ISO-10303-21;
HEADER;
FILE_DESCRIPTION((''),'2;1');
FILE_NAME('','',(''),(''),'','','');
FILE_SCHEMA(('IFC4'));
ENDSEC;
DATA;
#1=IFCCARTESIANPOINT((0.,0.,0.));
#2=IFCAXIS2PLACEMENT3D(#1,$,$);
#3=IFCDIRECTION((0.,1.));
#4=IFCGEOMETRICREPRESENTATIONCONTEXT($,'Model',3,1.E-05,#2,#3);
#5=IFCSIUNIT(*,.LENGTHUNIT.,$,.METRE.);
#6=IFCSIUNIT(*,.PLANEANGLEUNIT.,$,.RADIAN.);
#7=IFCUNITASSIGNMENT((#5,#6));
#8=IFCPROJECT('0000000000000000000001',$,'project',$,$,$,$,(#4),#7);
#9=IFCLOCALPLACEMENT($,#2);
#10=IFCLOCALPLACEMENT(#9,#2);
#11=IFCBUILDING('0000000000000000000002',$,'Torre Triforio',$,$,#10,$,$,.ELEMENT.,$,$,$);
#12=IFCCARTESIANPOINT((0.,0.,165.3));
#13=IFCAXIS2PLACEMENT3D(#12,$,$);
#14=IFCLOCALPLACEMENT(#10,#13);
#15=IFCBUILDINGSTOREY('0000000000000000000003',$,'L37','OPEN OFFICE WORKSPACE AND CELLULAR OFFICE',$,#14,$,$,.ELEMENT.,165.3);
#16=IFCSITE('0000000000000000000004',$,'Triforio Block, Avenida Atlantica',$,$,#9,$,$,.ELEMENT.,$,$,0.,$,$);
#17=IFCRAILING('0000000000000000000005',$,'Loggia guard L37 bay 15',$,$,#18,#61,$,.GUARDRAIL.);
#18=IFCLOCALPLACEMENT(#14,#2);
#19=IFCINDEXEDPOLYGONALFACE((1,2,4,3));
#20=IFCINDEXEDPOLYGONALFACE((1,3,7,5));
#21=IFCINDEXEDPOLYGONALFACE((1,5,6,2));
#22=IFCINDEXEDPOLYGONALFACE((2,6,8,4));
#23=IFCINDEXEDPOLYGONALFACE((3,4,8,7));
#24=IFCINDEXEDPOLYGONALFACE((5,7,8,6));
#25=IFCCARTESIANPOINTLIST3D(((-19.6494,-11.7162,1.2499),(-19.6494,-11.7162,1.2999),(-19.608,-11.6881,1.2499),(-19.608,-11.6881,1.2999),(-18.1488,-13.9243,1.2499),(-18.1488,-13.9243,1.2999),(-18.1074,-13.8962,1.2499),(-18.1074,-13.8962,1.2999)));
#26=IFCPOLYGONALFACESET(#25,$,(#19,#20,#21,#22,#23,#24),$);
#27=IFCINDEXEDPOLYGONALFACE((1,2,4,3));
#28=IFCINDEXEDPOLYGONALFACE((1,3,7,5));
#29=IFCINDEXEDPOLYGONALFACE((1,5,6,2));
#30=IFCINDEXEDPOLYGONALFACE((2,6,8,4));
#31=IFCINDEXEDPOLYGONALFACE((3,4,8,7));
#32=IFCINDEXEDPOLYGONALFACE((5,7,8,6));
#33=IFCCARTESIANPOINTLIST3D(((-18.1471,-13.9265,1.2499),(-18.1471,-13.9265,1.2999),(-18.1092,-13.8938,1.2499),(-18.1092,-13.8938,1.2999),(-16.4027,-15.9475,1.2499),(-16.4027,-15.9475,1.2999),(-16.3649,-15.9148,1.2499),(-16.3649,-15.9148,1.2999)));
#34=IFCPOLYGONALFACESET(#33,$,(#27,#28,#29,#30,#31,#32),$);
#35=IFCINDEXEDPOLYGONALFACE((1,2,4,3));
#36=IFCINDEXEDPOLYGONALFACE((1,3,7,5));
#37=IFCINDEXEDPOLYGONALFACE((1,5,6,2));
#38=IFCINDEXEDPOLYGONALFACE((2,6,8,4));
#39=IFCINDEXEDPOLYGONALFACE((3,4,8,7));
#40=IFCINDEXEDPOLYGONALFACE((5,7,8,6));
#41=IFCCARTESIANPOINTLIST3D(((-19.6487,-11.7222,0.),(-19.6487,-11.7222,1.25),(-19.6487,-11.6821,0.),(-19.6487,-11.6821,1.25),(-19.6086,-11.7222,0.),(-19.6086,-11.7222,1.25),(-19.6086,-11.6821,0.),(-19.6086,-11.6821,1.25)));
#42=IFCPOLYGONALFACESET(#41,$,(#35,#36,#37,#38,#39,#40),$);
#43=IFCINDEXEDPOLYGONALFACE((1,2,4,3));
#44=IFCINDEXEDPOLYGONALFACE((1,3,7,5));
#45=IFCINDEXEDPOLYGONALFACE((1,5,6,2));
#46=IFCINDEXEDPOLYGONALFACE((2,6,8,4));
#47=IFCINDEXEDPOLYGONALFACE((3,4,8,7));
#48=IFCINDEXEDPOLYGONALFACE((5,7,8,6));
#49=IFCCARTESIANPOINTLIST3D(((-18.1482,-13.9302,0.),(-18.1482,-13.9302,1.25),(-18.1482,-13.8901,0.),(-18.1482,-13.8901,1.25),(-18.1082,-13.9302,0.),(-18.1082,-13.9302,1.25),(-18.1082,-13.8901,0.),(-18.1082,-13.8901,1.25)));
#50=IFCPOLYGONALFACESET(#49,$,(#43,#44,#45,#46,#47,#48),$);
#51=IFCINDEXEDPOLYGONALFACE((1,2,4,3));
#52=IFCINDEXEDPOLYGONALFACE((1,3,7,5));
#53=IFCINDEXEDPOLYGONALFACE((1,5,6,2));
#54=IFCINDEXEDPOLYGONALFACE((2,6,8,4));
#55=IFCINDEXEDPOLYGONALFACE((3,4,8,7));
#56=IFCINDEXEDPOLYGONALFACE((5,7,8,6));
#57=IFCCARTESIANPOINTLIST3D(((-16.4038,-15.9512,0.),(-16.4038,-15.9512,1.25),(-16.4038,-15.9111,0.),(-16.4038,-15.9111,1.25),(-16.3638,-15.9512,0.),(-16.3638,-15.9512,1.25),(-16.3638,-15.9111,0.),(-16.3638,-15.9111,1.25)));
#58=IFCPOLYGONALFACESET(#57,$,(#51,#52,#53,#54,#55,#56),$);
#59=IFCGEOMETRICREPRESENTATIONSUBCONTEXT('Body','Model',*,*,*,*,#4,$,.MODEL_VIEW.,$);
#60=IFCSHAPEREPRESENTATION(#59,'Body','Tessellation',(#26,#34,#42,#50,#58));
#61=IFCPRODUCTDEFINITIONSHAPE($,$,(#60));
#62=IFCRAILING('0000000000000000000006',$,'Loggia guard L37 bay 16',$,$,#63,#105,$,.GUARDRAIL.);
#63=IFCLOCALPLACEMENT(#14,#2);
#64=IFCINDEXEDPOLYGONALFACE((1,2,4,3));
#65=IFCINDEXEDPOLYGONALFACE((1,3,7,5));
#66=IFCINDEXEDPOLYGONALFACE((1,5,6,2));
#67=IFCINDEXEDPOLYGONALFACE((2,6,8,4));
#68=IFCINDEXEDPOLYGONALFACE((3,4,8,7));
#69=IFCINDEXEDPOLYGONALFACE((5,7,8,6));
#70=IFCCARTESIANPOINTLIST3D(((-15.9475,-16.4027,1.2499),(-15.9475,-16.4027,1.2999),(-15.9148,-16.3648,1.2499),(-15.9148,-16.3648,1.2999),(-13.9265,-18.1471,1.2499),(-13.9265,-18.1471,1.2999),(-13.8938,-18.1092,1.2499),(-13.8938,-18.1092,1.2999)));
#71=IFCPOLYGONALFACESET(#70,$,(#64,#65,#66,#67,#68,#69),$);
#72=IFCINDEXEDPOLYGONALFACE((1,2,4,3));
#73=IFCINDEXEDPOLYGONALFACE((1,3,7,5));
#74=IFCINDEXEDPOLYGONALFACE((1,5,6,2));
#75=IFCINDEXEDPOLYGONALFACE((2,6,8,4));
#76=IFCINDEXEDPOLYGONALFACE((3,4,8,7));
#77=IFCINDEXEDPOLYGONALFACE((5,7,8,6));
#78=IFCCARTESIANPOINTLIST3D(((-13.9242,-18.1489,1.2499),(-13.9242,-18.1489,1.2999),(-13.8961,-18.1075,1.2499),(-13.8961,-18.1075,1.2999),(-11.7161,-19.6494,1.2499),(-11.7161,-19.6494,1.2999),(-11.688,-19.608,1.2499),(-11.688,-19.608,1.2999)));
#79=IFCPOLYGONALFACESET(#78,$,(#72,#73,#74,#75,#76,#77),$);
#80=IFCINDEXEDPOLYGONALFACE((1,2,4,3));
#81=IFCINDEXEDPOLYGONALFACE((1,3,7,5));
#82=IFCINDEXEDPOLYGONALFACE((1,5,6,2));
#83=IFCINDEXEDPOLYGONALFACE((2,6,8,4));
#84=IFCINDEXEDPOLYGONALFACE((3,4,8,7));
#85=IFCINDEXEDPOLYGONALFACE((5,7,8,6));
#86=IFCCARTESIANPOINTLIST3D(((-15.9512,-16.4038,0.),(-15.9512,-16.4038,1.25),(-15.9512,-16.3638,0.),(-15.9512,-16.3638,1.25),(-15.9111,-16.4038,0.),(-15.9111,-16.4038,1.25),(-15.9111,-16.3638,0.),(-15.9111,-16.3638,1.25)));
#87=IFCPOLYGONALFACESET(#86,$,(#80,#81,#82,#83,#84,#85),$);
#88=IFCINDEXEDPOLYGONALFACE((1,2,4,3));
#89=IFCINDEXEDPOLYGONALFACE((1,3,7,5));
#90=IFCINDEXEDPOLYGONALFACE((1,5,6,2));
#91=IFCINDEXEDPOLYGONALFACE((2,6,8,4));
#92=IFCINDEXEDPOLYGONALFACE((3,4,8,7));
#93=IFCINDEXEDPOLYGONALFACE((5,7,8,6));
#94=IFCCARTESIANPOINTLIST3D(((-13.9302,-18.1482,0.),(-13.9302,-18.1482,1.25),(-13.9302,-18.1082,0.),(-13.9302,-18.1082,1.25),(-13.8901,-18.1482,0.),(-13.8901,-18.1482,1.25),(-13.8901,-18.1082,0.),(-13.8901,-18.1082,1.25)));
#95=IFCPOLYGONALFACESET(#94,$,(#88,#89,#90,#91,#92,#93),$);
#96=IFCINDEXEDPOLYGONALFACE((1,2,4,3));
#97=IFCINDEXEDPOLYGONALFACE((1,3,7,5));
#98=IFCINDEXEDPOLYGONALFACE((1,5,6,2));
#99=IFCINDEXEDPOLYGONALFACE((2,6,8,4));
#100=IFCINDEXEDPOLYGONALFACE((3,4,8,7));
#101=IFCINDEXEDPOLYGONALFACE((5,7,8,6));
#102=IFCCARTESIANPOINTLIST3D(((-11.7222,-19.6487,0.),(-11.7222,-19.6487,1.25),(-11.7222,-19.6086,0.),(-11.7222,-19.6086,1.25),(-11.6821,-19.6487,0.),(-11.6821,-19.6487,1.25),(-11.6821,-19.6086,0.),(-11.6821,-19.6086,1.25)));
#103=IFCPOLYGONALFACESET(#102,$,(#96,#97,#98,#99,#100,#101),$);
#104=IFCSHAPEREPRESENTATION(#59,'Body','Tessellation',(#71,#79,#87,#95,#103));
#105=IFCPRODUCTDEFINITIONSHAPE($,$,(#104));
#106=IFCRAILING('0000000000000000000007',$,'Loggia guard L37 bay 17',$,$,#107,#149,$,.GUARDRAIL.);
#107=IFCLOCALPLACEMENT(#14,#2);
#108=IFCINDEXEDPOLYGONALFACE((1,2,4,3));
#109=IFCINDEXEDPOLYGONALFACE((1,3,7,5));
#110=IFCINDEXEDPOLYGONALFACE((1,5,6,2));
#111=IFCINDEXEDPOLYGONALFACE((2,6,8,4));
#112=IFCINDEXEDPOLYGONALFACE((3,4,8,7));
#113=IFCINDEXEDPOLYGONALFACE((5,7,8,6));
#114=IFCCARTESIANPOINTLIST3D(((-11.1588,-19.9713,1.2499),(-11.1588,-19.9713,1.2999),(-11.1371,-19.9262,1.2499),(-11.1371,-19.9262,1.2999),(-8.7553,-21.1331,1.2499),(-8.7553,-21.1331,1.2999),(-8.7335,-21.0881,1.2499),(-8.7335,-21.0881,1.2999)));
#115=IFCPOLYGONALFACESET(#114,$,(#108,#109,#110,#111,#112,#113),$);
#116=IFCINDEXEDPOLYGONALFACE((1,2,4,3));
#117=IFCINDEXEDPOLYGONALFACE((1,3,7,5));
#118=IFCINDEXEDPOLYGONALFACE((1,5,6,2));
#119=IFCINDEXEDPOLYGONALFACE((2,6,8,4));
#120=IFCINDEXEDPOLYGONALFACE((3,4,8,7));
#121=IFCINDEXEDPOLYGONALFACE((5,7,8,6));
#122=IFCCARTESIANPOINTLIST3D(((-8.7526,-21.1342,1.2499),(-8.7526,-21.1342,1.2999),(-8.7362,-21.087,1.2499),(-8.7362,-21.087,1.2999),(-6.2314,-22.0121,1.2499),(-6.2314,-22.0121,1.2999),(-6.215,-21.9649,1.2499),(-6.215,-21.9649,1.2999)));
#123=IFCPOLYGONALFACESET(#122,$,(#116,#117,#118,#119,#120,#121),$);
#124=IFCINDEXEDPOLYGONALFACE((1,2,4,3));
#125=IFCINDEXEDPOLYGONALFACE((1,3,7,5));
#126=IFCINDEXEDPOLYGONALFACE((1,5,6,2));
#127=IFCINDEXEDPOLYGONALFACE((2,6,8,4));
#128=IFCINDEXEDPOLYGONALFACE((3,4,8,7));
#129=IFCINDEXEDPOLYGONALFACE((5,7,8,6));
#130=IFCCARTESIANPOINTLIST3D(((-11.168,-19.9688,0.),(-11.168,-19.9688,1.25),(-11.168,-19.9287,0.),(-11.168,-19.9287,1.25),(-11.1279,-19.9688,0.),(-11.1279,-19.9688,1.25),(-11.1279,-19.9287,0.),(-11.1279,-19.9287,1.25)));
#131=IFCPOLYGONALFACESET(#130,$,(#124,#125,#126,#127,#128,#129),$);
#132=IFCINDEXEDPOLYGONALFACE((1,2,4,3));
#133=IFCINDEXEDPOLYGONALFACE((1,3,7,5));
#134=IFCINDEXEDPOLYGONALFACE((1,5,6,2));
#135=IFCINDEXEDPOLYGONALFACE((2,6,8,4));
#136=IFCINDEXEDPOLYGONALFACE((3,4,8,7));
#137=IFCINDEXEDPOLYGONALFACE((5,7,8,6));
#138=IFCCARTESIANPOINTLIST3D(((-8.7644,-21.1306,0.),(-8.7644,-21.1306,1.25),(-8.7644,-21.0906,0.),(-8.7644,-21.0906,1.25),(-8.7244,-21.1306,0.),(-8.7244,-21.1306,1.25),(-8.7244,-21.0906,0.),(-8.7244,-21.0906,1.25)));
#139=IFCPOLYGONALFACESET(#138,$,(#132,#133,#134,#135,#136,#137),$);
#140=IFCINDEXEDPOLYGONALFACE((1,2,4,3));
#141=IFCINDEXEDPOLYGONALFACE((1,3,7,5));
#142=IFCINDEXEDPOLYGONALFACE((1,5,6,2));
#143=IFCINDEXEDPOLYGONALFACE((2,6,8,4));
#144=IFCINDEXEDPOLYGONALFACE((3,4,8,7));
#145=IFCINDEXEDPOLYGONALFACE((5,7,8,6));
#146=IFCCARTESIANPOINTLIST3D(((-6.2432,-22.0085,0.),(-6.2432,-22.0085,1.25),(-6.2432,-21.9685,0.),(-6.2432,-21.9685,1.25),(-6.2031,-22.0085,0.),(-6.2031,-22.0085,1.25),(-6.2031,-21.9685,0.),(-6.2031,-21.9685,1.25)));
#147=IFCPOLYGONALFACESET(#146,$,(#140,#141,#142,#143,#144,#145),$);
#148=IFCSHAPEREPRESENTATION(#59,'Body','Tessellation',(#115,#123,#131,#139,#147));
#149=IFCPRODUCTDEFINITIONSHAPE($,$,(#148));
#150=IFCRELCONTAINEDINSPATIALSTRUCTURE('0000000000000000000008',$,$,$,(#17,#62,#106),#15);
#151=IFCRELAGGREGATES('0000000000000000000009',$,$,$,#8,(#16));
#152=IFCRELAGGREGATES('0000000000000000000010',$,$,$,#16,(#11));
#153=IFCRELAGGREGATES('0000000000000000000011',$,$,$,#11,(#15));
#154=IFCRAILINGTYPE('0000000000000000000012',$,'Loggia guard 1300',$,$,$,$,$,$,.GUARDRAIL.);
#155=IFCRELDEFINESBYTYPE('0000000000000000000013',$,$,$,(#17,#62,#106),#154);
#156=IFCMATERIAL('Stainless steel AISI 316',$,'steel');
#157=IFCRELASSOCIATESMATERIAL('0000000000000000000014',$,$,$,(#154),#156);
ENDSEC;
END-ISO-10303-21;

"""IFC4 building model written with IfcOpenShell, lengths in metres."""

from ifc_helpers import new_model, si_unit, direction, frame, origin, origin_2d, place, context, subcontext, project, spatial, rectangle, extrude, material, type_object, element, save


model = new_model("IFC4")

# Units and contexts
model_context = context("Model", 3, precision=1e-05, world=origin(), true_north=direction((0.0, 1.0)))
body_context = subcontext(model_context, "Body", "Model", "MODEL_VIEW")
ifc_project = project(units=[si_unit("LENGTHUNIT", "METRE"), si_unit("PLANEANGLEUNIT", "RADIAN")], contexts=[model_context])

# Site, building, storey
site_placement = place(None, origin())
site = spatial("IfcSite", under=ifc_project, at=site_placement, Name="Triforio Block, Avenida Atlantica", CompositionType="ELEMENT", RefElevation=0.0)
building_placement = place(site_placement, origin())
building = spatial("IfcBuilding", under=site, at=building_placement, Name="Torre Triforio", CompositionType="ELEMENT")
storey_placement = place(building_placement, frame((0.0, 0.0, 165.3)))
storey = spatial("IfcBuildingStorey", under=building, at=storey_placement, Name="L37", Description="OPEN OFFICE WORKSPACE AND CELLULAR OFFICE", CompositionType="ELEMENT", Elevation=165.3)

# Railings
ifc_material_1 = material(Name="Stainless steel AISI 316", Category="steel")
railing_type = type_object("IfcRailingType", Name="Loggia guard 1300", PredefinedType="GUARDRAIL", material=ifc_material_1)
railing_1_placement = place(storey_placement, frame((-19.6287, -11.7021, 0.0)))
element("IfcRailing", 1, at=railing_1_placement, inside=storey, type_object=railing_type, Name="Loggia guard L37 bay 15", PredefinedType="GUARDRAIL", context=body_context, shape_type="SweptSolid", body=[
    extrude(rectangle(XDim=0.05, YDim=0.05, at=origin_2d()), frame((0.0, 0.0, 1.2749), z_axis=(0.562065, -0.827093, 0.0), x_axis=(0.827093, 0.562065, 0.0)), (0.0, 0.0, 1.0), 2.6697),
    extrude(rectangle(XDim=0.05, YDim=0.05, at=origin_2d()), frame((1.5005, -2.208, 1.2749), z_axis=(0.653401, -0.757012, 0.0), x_axis=(0.757012, 0.653401, 0.0)), (0.0, 0.0, 1.0), 2.6697),
    extrude(rectangle(XDim=0.04, YDim=0.04, at=origin_2d()), origin(), (0.0, 0.0, 1.0), 1.25),
    extrude(rectangle(XDim=0.04, YDim=0.04, at=origin_2d()), frame((1.5005, -2.208, 0.0)), (0.0, 0.0, 1.0), 1.25),
    extrude(rectangle(XDim=0.04, YDim=0.04, at=origin_2d()), frame((3.2449, -4.229, 0.0)), (0.0, 0.0, 1.0), 1.25),
])
railing_2_placement = place(storey_placement, frame((-15.9312, -16.3838, 0.0)))
element("IfcRailing", 2, at=railing_2_placement, inside=storey, type_object=railing_type, Name="Loggia guard L37 bay 16", PredefinedType="GUARDRAIL", context=body_context, shape_type="SweptSolid", body=[
    extrude(rectangle(XDim=0.05, YDim=0.05, at=origin_2d()), frame((0.0, 0.0, 1.2749), z_axis=(0.757012, -0.653401, 0.0), x_axis=(0.653401, 0.757012, 0.0)), (0.0, 0.0, 1.0), 2.6697),
    extrude(rectangle(XDim=0.05, YDim=0.05, at=origin_2d()), frame((2.021, -1.7444, 1.2749), z_axis=(0.827093, -0.562065, 0.0), x_axis=(0.562065, 0.827093, 0.0)), (0.0, 0.0, 1.0), 2.6697),
    extrude(rectangle(XDim=0.04, YDim=0.04, at=origin_2d()), origin(), (0.0, 0.0, 1.0), 1.25),
    extrude(rectangle(XDim=0.04, YDim=0.04, at=origin_2d()), frame((2.021, -1.7444, 0.0)), (0.0, 0.0, 1.0), 1.25),
    extrude(rectangle(XDim=0.04, YDim=0.04, at=origin_2d()), frame((4.229, -3.2449, 0.0)), (0.0, 0.0, 1.0), 1.25),
])
railing_3_placement = place(storey_placement, frame((-11.1479, -19.9487, 0.0)))
element("IfcRailing", 3, at=railing_3_placement, inside=storey, type_object=railing_type, Name="Loggia guard L37 bay 17", PredefinedType="GUARDRAIL", context=body_context, shape_type="SweptSolid", body=[
    extrude(rectangle(XDim=0.05, YDim=0.05, at=origin_2d()), frame((0.0, 0.0, 1.2749), z_axis=(0.900328, -0.435212, 0.0), x_axis=(0.435212, 0.900328, 0.0)), (0.0, 0.0, 1.0), 2.6697),
    extrude(rectangle(XDim=0.05, YDim=0.05, at=origin_2d()), frame((2.4036, -1.1619, 1.2749), z_axis=(0.944383, -0.328847, 0.0), x_axis=(0.328847, 0.944383, 0.0)), (0.0, 0.0, 1.0), 2.6697),
    extrude(rectangle(XDim=0.04, YDim=0.04, at=origin_2d()), origin(), (0.0, 0.0, 1.0), 1.25),
    extrude(rectangle(XDim=0.04, YDim=0.04, at=origin_2d()), frame((2.4036, -1.1619, 0.0)), (0.0, 0.0, 1.0), 1.25),
    extrude(rectangle(XDim=0.04, YDim=0.04, at=origin_2d()), frame((4.9248, -2.0398, 0.0)), (0.0, 0.0, 1.0), 1.25),
])

save(model, "model.ifc")
